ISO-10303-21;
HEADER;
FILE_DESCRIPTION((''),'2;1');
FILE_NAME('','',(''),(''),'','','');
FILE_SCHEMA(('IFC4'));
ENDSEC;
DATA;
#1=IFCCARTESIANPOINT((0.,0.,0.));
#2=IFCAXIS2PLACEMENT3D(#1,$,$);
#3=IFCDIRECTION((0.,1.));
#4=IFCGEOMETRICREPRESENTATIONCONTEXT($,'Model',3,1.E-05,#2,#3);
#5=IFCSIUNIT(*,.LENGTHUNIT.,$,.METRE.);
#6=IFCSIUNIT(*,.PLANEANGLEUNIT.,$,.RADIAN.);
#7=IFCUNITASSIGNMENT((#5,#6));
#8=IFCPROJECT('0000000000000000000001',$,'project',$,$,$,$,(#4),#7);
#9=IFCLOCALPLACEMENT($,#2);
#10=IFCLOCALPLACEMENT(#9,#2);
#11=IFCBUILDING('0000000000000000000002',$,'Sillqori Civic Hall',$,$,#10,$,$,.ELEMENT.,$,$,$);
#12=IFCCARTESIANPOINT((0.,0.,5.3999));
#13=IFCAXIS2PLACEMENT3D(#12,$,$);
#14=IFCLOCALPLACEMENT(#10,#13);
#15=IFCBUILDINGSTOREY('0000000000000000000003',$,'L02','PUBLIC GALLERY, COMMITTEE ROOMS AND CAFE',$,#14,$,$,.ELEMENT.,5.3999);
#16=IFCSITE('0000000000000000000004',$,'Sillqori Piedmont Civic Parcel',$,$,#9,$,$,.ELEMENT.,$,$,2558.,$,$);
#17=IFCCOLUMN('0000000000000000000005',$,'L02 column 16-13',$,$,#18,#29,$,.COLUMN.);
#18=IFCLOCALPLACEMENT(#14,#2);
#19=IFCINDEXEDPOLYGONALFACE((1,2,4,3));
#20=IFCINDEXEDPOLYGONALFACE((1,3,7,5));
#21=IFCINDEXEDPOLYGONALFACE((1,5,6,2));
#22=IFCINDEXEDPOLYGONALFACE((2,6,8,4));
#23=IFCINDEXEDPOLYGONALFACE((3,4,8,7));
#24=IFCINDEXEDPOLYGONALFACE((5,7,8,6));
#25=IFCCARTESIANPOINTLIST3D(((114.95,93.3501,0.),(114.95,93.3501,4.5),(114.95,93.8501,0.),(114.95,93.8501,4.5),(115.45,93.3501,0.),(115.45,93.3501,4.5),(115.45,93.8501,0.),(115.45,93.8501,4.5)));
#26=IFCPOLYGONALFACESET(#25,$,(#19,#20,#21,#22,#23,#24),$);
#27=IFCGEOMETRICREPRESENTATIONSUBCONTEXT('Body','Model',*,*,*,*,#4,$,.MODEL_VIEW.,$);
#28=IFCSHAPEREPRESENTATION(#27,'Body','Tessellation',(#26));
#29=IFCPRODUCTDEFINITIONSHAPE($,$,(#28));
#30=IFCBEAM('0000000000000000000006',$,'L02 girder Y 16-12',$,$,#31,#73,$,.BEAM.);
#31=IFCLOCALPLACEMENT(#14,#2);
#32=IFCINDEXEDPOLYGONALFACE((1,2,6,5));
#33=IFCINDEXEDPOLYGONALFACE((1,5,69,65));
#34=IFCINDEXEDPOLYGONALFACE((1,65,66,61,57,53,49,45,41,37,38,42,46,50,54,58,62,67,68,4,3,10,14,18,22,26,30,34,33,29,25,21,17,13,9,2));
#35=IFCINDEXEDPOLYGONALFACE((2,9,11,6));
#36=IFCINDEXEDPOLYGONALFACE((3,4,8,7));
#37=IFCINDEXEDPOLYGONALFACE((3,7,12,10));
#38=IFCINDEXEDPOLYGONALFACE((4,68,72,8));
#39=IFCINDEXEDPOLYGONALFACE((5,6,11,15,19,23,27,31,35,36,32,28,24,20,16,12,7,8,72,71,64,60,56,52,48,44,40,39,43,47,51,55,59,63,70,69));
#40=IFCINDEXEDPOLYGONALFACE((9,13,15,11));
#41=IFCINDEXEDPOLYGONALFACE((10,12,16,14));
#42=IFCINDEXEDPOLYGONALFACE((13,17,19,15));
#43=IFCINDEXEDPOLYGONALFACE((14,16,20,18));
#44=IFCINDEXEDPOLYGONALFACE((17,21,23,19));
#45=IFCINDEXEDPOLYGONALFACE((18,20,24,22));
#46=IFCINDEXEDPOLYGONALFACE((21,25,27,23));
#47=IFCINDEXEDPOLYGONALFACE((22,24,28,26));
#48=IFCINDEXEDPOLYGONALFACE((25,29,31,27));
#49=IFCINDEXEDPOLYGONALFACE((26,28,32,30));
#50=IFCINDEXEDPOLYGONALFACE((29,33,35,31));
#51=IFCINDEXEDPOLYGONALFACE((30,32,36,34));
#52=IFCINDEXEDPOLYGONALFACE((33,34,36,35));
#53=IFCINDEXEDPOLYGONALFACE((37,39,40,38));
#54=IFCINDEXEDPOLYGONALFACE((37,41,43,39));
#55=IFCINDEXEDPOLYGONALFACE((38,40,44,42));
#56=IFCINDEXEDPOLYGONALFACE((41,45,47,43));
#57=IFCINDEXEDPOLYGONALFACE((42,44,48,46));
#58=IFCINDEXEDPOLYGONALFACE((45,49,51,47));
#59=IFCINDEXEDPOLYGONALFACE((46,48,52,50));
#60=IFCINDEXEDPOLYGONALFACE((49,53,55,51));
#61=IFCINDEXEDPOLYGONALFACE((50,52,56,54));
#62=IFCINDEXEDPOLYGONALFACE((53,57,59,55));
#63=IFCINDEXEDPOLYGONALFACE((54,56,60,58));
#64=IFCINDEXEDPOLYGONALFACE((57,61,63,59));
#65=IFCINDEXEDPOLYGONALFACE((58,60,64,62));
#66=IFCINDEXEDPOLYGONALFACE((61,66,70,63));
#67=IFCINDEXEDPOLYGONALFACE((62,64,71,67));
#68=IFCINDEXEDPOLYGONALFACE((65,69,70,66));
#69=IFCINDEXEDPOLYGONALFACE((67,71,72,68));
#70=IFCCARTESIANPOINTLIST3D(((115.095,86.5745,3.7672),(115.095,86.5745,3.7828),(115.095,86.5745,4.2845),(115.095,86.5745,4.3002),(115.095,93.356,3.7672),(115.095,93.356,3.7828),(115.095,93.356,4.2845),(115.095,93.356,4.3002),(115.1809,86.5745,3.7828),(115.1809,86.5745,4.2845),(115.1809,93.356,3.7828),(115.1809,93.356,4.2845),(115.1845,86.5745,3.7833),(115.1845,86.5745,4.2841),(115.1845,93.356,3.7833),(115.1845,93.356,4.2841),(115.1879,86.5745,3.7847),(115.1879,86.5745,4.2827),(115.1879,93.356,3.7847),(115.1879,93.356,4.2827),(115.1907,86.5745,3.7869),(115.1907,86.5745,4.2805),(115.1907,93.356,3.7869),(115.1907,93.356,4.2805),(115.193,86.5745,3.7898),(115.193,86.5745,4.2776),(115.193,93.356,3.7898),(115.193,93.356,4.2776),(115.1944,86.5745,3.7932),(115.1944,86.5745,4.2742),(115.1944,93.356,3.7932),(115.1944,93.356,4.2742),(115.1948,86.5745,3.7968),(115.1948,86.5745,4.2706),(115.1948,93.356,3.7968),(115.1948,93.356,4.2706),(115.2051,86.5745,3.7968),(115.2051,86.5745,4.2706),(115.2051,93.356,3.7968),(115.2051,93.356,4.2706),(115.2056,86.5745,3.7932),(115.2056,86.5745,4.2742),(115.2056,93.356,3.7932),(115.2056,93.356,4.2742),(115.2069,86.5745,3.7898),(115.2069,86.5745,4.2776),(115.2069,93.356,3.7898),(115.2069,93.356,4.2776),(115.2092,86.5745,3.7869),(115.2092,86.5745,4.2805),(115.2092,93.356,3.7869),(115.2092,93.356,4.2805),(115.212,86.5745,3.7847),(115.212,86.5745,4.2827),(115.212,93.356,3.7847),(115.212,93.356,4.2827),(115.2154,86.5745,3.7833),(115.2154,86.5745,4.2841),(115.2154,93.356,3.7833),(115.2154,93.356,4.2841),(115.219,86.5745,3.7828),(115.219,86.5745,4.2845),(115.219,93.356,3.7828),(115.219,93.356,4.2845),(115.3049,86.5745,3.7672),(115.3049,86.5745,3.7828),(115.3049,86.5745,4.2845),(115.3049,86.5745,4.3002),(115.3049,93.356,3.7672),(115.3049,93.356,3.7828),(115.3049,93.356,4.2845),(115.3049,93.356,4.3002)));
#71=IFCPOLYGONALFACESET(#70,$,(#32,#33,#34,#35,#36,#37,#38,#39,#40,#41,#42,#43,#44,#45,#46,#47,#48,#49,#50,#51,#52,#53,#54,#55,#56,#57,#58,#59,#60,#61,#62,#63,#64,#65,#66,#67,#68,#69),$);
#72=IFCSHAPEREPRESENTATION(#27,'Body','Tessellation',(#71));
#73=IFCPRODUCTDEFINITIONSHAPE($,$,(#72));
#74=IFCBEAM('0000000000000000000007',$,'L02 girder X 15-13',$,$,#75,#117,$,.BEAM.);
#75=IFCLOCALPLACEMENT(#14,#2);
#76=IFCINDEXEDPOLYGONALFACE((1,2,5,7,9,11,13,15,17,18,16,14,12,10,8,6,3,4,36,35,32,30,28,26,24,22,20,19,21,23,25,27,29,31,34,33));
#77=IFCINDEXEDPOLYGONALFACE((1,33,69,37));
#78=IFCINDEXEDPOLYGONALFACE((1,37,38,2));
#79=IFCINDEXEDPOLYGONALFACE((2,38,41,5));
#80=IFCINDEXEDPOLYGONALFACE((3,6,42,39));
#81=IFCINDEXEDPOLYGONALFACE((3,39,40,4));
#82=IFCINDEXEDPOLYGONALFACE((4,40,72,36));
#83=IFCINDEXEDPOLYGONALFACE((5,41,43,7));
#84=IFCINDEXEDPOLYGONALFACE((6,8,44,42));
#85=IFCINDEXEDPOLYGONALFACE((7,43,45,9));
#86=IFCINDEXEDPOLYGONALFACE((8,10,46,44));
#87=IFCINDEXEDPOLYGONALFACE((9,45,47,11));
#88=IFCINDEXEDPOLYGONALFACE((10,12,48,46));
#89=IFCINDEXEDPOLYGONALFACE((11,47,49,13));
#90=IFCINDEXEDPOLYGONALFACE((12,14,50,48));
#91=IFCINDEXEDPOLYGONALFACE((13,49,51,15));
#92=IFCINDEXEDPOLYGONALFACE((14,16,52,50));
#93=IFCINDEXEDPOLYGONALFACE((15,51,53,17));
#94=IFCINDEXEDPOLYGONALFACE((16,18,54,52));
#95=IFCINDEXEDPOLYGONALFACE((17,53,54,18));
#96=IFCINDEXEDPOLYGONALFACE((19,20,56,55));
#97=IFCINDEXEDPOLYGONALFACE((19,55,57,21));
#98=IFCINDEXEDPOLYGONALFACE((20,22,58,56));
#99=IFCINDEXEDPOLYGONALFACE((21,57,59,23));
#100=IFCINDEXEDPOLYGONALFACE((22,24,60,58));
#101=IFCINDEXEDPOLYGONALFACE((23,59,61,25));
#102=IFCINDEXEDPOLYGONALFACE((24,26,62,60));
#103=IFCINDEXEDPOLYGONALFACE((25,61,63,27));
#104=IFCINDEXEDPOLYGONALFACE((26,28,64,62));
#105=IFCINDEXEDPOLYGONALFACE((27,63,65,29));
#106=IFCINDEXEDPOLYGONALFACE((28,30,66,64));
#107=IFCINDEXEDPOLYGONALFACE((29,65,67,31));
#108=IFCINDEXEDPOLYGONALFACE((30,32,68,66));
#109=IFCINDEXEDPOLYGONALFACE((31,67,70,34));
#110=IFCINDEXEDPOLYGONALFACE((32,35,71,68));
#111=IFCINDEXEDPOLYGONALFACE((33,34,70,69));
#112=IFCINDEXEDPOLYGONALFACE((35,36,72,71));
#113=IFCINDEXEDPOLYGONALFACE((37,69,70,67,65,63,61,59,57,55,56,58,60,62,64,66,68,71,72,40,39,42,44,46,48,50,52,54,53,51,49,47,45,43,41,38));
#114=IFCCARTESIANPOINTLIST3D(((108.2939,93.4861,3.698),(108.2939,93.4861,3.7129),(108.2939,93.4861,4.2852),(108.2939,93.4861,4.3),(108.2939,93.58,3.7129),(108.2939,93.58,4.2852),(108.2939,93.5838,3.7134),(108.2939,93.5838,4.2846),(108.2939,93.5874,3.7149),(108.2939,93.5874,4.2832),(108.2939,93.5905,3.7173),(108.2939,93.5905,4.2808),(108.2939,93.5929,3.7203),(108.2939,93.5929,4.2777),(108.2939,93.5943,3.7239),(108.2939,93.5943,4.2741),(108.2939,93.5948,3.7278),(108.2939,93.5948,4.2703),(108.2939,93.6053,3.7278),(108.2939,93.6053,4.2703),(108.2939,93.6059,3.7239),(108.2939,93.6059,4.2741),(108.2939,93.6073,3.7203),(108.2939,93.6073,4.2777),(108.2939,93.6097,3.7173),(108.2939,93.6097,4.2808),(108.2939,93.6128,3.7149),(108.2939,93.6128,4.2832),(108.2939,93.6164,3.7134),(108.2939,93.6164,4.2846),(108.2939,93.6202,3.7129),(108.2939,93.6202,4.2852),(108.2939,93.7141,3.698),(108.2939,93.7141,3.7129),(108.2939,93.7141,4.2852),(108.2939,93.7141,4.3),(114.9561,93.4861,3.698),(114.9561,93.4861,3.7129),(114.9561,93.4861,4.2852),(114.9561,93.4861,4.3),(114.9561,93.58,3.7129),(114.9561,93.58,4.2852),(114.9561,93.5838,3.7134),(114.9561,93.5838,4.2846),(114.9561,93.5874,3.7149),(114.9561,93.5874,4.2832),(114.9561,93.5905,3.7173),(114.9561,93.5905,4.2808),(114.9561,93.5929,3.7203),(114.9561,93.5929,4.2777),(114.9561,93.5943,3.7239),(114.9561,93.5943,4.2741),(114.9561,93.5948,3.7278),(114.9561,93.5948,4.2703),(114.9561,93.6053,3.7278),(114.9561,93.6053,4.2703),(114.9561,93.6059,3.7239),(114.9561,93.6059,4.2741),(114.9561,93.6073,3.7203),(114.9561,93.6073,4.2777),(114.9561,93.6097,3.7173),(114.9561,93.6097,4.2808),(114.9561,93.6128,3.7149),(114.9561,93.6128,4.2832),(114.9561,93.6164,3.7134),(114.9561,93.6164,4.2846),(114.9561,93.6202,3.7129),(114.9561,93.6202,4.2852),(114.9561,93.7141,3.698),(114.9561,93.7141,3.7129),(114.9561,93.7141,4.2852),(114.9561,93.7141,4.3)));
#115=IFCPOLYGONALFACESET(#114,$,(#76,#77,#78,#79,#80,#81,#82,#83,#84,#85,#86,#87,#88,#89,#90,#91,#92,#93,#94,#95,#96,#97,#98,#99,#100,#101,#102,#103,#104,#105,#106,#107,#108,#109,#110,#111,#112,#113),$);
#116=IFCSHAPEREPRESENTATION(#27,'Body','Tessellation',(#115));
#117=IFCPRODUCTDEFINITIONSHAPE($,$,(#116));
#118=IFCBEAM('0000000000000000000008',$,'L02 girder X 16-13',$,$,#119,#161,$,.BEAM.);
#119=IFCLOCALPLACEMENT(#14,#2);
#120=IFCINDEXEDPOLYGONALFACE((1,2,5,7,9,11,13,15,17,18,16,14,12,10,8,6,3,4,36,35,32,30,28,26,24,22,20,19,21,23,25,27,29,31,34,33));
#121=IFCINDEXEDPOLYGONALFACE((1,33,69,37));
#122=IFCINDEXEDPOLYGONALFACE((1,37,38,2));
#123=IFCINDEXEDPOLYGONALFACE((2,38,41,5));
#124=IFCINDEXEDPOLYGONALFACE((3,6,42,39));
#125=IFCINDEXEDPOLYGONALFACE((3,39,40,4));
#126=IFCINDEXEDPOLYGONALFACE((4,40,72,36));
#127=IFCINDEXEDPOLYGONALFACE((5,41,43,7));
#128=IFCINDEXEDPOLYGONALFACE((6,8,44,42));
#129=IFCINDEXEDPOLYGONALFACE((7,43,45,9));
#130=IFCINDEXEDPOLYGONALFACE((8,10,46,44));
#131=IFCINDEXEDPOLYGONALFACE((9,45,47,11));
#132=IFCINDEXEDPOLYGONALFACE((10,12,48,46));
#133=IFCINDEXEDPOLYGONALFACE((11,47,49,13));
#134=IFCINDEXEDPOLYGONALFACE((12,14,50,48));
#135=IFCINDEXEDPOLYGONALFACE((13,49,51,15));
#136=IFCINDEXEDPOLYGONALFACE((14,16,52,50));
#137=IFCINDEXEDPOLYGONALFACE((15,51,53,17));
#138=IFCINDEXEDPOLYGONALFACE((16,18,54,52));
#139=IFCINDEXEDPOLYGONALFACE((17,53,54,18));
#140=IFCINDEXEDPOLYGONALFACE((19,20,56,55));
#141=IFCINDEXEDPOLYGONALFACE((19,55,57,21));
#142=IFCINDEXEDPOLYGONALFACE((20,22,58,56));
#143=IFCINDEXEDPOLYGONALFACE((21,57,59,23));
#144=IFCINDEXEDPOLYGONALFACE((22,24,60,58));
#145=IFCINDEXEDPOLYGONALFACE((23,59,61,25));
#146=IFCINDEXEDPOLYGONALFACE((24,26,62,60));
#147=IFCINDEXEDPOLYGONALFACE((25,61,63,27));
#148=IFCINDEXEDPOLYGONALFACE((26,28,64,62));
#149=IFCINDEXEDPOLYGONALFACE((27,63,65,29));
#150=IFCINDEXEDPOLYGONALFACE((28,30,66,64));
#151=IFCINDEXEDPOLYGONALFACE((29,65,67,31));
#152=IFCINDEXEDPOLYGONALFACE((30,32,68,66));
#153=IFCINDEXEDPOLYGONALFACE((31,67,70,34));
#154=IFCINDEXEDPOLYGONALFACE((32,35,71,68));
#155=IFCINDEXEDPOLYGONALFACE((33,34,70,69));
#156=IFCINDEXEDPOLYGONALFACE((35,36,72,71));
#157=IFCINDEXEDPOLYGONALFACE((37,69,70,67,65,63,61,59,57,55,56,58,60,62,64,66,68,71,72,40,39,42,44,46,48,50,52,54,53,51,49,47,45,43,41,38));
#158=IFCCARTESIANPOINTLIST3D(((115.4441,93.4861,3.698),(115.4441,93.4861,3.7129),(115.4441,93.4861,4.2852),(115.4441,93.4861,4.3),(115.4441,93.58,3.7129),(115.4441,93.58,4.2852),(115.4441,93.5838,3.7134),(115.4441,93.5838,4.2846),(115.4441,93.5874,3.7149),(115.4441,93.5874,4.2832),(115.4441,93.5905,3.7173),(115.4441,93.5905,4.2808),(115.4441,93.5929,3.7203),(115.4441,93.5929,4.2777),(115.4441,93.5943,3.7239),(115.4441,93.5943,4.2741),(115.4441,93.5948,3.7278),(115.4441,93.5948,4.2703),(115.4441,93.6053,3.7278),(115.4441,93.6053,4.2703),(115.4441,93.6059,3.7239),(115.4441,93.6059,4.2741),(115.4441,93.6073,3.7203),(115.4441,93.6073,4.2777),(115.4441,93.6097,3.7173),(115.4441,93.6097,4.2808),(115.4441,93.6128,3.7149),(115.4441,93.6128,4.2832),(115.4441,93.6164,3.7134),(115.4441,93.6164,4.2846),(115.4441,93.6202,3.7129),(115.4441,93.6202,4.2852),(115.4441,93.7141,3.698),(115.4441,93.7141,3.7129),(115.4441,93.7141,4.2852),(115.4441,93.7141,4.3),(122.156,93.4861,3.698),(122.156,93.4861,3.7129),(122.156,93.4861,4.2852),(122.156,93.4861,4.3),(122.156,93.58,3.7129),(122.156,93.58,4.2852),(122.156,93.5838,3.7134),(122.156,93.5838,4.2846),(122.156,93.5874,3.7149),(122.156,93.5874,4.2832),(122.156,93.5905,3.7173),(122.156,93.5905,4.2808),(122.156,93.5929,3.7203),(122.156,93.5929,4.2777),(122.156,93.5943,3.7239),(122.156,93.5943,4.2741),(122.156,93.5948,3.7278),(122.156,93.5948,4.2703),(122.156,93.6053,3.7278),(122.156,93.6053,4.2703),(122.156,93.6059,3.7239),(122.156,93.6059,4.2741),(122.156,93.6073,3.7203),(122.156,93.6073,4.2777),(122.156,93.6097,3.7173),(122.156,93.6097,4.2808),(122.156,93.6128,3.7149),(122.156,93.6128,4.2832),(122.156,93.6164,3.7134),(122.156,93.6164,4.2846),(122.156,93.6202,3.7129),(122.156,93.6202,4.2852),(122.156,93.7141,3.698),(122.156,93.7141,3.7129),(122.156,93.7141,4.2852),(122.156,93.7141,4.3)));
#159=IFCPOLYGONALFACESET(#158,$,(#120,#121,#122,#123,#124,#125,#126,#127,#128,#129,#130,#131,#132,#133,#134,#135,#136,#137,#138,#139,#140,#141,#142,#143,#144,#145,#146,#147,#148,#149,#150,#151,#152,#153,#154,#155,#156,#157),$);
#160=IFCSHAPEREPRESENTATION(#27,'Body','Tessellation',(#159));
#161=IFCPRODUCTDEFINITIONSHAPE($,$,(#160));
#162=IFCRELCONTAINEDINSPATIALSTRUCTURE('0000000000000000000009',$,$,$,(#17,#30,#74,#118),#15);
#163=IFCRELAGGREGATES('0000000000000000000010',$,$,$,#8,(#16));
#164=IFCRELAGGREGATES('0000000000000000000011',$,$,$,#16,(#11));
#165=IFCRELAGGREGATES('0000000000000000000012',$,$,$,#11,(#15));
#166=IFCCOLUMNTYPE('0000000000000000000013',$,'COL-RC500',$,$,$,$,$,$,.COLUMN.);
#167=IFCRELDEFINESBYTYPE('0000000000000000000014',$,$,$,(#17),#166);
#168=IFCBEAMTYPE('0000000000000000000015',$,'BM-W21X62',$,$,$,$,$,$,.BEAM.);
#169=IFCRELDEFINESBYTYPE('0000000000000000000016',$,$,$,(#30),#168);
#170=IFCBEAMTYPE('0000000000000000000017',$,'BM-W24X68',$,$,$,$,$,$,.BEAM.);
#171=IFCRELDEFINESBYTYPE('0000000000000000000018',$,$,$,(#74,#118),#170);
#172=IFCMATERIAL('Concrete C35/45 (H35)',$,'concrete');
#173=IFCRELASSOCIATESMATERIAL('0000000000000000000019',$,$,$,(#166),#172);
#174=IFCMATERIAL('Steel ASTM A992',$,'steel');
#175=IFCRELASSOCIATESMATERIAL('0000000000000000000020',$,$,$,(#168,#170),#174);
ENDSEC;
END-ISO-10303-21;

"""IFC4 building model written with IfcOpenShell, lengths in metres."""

from ifc_helpers import new_model, si_unit, direction, frame, origin, origin_2d, place, context, subcontext, project, spatial, rectangle, i_section, extrude, material, material_profile, profile_set, type_object, element, save


model = new_model("IFC4")

# Units and contexts
model_context = context("Model", 3, precision=1e-05, world=origin(), true_north=direction((0.0, 1.0)))
body_context = subcontext(model_context, "Body", "Model", "MODEL_VIEW")
ifc_project = project(units=[si_unit("LENGTHUNIT", "METRE"), si_unit("PLANEANGLEUNIT", "RADIAN")], contexts=[model_context])

# Site, building, storey
site_placement = place(None, origin())
site = spatial("IfcSite", under=ifc_project, at=site_placement, Name="Sillqori Piedmont Civic Parcel", CompositionType="ELEMENT", RefElevation=2558.0)
building_placement = place(site_placement, origin())
building = spatial("IfcBuilding", under=site, at=building_placement, Name="Sillqori Civic Hall", CompositionType="ELEMENT")
storey_placement = place(building_placement, frame((0.0, 0.0, 5.3999)))
storey = spatial("IfcBuildingStorey", under=building, at=storey_placement, Name="L02", Description="PUBLIC GALLERY, COMMITTEE ROOMS AND CAFE", CompositionType="ELEMENT", Elevation=5.3999)

# Column
ifc_material_1 = material(Name="Concrete C35/45 (H35)", Category="concrete")
ifc_material_profile_1 = material_profile(ifc_material_1, rectangle(XDim=0.5, YDim=0.5, at=origin_2d()), Name="RC 500x500")
ifc_profile_set_1 = profile_set([ifc_material_profile_1], Name="Concrete C35/45 (H35)")
column_type = type_object("IfcColumnType", Name="COL-RC500", PredefinedType="COLUMN", material=ifc_profile_set_1)
column_placement = place(storey_placement, frame((115.2, 93.6001, 0.0), z_axis=(0.0, 0.0, 1.0), x_axis=(1.0, 0.0, 0.0)))
element("IfcColumn", 1, at=column_placement, inside=storey, type_object=column_type, Name="L02 column 16-13", PredefinedType="COLUMN", context=body_context, shape_type="SweptSolid", body=[
    extrude(rectangle(XDim=0.5, YDim=0.5, at=origin_2d()), origin(), (0.0, 0.0, 1.0), 4.5),
])

# Beams
ifc_material_2 = material(Name="Steel ASTM A992", Category="steel")
ifc_material_profile_2 = material_profile(ifc_material_2, i_section(OverallWidth=0.21, OverallDepth=0.533, WebThickness=0.0103, FlangeThickness=0.0156, FilletRadius=0.0139, at=origin_2d()), Name="W21X62")
ifc_profile_set_2 = profile_set([ifc_material_profile_2], Name="Steel ASTM A992")
beam_type_1 = type_object("IfcBeamType", Name="BM-W21X62", PredefinedType="BEAM", material=ifc_profile_set_2)
beam_1_placement = place(storey_placement, frame((115.2, 86.5745, 4.0337), z_axis=(0.0, 1.0, 0.0), x_axis=(-1.0, 0.0, 0.0)))
element("IfcBeam", 2, at=beam_1_placement, inside=storey, type_object=beam_type_1, Name="L02 girder Y 16-12", PredefinedType="BEAM", context=body_context, shape_type="SweptSolid", body=[
    extrude(i_section(OverallWidth=0.21, OverallDepth=0.533, WebThickness=0.0103, FlangeThickness=0.0156, FilletRadius=0.0139, at=origin_2d()), origin(), (0.0, 0.0, 1.0), 6.7815),
])
ifc_material_profile_3 = material_profile(ifc_material_2, i_section(OverallWidth=0.228, OverallDepth=0.6021, WebThickness=0.0105, FlangeThickness=0.0149, FilletRadius=0.0149, at=origin_2d()), Name="W24X68")
ifc_profile_set_3 = profile_set([ifc_material_profile_3], Name="Steel ASTM A992")
beam_type_2 = type_object("IfcBeamType", Name="BM-W24X68", PredefinedType="BEAM", material=ifc_profile_set_3)
beam_2_placement = place(storey_placement, frame((108.2939, 93.6001, 3.999), z_axis=(1.0, 0.0, 0.0), x_axis=(0.0, 1.0, 0.0)))
element("IfcBeam", 3, at=beam_2_placement, inside=storey, type_object=beam_type_2, Name="L02 girder X 15-13", PredefinedType="BEAM", context=body_context, shape_type="SweptSolid", body=[
    extrude(i_section(OverallWidth=0.228, OverallDepth=0.6021, WebThickness=0.0105, FlangeThickness=0.0149, FilletRadius=0.0149, at=origin_2d()), origin(), (0.0, 0.0, 1.0), 6.6621),
])
beam_3_placement = place(storey_placement, frame((115.4441, 93.6001, 3.999), z_axis=(1.0, 0.0, 0.0), x_axis=(0.0, 1.0, 0.0)))
element("IfcBeam", 4, at=beam_3_placement, inside=storey, type_object=beam_type_2, Name="L02 girder X 16-13", PredefinedType="BEAM", context=body_context, shape_type="SweptSolid", body=[
    extrude(i_section(OverallWidth=0.228, OverallDepth=0.6021, WebThickness=0.0105, FlangeThickness=0.0149, FilletRadius=0.0149, at=origin_2d()), origin(), (0.0, 0.0, 1.0), 6.7119),
])

save(model, "model.ifc")
